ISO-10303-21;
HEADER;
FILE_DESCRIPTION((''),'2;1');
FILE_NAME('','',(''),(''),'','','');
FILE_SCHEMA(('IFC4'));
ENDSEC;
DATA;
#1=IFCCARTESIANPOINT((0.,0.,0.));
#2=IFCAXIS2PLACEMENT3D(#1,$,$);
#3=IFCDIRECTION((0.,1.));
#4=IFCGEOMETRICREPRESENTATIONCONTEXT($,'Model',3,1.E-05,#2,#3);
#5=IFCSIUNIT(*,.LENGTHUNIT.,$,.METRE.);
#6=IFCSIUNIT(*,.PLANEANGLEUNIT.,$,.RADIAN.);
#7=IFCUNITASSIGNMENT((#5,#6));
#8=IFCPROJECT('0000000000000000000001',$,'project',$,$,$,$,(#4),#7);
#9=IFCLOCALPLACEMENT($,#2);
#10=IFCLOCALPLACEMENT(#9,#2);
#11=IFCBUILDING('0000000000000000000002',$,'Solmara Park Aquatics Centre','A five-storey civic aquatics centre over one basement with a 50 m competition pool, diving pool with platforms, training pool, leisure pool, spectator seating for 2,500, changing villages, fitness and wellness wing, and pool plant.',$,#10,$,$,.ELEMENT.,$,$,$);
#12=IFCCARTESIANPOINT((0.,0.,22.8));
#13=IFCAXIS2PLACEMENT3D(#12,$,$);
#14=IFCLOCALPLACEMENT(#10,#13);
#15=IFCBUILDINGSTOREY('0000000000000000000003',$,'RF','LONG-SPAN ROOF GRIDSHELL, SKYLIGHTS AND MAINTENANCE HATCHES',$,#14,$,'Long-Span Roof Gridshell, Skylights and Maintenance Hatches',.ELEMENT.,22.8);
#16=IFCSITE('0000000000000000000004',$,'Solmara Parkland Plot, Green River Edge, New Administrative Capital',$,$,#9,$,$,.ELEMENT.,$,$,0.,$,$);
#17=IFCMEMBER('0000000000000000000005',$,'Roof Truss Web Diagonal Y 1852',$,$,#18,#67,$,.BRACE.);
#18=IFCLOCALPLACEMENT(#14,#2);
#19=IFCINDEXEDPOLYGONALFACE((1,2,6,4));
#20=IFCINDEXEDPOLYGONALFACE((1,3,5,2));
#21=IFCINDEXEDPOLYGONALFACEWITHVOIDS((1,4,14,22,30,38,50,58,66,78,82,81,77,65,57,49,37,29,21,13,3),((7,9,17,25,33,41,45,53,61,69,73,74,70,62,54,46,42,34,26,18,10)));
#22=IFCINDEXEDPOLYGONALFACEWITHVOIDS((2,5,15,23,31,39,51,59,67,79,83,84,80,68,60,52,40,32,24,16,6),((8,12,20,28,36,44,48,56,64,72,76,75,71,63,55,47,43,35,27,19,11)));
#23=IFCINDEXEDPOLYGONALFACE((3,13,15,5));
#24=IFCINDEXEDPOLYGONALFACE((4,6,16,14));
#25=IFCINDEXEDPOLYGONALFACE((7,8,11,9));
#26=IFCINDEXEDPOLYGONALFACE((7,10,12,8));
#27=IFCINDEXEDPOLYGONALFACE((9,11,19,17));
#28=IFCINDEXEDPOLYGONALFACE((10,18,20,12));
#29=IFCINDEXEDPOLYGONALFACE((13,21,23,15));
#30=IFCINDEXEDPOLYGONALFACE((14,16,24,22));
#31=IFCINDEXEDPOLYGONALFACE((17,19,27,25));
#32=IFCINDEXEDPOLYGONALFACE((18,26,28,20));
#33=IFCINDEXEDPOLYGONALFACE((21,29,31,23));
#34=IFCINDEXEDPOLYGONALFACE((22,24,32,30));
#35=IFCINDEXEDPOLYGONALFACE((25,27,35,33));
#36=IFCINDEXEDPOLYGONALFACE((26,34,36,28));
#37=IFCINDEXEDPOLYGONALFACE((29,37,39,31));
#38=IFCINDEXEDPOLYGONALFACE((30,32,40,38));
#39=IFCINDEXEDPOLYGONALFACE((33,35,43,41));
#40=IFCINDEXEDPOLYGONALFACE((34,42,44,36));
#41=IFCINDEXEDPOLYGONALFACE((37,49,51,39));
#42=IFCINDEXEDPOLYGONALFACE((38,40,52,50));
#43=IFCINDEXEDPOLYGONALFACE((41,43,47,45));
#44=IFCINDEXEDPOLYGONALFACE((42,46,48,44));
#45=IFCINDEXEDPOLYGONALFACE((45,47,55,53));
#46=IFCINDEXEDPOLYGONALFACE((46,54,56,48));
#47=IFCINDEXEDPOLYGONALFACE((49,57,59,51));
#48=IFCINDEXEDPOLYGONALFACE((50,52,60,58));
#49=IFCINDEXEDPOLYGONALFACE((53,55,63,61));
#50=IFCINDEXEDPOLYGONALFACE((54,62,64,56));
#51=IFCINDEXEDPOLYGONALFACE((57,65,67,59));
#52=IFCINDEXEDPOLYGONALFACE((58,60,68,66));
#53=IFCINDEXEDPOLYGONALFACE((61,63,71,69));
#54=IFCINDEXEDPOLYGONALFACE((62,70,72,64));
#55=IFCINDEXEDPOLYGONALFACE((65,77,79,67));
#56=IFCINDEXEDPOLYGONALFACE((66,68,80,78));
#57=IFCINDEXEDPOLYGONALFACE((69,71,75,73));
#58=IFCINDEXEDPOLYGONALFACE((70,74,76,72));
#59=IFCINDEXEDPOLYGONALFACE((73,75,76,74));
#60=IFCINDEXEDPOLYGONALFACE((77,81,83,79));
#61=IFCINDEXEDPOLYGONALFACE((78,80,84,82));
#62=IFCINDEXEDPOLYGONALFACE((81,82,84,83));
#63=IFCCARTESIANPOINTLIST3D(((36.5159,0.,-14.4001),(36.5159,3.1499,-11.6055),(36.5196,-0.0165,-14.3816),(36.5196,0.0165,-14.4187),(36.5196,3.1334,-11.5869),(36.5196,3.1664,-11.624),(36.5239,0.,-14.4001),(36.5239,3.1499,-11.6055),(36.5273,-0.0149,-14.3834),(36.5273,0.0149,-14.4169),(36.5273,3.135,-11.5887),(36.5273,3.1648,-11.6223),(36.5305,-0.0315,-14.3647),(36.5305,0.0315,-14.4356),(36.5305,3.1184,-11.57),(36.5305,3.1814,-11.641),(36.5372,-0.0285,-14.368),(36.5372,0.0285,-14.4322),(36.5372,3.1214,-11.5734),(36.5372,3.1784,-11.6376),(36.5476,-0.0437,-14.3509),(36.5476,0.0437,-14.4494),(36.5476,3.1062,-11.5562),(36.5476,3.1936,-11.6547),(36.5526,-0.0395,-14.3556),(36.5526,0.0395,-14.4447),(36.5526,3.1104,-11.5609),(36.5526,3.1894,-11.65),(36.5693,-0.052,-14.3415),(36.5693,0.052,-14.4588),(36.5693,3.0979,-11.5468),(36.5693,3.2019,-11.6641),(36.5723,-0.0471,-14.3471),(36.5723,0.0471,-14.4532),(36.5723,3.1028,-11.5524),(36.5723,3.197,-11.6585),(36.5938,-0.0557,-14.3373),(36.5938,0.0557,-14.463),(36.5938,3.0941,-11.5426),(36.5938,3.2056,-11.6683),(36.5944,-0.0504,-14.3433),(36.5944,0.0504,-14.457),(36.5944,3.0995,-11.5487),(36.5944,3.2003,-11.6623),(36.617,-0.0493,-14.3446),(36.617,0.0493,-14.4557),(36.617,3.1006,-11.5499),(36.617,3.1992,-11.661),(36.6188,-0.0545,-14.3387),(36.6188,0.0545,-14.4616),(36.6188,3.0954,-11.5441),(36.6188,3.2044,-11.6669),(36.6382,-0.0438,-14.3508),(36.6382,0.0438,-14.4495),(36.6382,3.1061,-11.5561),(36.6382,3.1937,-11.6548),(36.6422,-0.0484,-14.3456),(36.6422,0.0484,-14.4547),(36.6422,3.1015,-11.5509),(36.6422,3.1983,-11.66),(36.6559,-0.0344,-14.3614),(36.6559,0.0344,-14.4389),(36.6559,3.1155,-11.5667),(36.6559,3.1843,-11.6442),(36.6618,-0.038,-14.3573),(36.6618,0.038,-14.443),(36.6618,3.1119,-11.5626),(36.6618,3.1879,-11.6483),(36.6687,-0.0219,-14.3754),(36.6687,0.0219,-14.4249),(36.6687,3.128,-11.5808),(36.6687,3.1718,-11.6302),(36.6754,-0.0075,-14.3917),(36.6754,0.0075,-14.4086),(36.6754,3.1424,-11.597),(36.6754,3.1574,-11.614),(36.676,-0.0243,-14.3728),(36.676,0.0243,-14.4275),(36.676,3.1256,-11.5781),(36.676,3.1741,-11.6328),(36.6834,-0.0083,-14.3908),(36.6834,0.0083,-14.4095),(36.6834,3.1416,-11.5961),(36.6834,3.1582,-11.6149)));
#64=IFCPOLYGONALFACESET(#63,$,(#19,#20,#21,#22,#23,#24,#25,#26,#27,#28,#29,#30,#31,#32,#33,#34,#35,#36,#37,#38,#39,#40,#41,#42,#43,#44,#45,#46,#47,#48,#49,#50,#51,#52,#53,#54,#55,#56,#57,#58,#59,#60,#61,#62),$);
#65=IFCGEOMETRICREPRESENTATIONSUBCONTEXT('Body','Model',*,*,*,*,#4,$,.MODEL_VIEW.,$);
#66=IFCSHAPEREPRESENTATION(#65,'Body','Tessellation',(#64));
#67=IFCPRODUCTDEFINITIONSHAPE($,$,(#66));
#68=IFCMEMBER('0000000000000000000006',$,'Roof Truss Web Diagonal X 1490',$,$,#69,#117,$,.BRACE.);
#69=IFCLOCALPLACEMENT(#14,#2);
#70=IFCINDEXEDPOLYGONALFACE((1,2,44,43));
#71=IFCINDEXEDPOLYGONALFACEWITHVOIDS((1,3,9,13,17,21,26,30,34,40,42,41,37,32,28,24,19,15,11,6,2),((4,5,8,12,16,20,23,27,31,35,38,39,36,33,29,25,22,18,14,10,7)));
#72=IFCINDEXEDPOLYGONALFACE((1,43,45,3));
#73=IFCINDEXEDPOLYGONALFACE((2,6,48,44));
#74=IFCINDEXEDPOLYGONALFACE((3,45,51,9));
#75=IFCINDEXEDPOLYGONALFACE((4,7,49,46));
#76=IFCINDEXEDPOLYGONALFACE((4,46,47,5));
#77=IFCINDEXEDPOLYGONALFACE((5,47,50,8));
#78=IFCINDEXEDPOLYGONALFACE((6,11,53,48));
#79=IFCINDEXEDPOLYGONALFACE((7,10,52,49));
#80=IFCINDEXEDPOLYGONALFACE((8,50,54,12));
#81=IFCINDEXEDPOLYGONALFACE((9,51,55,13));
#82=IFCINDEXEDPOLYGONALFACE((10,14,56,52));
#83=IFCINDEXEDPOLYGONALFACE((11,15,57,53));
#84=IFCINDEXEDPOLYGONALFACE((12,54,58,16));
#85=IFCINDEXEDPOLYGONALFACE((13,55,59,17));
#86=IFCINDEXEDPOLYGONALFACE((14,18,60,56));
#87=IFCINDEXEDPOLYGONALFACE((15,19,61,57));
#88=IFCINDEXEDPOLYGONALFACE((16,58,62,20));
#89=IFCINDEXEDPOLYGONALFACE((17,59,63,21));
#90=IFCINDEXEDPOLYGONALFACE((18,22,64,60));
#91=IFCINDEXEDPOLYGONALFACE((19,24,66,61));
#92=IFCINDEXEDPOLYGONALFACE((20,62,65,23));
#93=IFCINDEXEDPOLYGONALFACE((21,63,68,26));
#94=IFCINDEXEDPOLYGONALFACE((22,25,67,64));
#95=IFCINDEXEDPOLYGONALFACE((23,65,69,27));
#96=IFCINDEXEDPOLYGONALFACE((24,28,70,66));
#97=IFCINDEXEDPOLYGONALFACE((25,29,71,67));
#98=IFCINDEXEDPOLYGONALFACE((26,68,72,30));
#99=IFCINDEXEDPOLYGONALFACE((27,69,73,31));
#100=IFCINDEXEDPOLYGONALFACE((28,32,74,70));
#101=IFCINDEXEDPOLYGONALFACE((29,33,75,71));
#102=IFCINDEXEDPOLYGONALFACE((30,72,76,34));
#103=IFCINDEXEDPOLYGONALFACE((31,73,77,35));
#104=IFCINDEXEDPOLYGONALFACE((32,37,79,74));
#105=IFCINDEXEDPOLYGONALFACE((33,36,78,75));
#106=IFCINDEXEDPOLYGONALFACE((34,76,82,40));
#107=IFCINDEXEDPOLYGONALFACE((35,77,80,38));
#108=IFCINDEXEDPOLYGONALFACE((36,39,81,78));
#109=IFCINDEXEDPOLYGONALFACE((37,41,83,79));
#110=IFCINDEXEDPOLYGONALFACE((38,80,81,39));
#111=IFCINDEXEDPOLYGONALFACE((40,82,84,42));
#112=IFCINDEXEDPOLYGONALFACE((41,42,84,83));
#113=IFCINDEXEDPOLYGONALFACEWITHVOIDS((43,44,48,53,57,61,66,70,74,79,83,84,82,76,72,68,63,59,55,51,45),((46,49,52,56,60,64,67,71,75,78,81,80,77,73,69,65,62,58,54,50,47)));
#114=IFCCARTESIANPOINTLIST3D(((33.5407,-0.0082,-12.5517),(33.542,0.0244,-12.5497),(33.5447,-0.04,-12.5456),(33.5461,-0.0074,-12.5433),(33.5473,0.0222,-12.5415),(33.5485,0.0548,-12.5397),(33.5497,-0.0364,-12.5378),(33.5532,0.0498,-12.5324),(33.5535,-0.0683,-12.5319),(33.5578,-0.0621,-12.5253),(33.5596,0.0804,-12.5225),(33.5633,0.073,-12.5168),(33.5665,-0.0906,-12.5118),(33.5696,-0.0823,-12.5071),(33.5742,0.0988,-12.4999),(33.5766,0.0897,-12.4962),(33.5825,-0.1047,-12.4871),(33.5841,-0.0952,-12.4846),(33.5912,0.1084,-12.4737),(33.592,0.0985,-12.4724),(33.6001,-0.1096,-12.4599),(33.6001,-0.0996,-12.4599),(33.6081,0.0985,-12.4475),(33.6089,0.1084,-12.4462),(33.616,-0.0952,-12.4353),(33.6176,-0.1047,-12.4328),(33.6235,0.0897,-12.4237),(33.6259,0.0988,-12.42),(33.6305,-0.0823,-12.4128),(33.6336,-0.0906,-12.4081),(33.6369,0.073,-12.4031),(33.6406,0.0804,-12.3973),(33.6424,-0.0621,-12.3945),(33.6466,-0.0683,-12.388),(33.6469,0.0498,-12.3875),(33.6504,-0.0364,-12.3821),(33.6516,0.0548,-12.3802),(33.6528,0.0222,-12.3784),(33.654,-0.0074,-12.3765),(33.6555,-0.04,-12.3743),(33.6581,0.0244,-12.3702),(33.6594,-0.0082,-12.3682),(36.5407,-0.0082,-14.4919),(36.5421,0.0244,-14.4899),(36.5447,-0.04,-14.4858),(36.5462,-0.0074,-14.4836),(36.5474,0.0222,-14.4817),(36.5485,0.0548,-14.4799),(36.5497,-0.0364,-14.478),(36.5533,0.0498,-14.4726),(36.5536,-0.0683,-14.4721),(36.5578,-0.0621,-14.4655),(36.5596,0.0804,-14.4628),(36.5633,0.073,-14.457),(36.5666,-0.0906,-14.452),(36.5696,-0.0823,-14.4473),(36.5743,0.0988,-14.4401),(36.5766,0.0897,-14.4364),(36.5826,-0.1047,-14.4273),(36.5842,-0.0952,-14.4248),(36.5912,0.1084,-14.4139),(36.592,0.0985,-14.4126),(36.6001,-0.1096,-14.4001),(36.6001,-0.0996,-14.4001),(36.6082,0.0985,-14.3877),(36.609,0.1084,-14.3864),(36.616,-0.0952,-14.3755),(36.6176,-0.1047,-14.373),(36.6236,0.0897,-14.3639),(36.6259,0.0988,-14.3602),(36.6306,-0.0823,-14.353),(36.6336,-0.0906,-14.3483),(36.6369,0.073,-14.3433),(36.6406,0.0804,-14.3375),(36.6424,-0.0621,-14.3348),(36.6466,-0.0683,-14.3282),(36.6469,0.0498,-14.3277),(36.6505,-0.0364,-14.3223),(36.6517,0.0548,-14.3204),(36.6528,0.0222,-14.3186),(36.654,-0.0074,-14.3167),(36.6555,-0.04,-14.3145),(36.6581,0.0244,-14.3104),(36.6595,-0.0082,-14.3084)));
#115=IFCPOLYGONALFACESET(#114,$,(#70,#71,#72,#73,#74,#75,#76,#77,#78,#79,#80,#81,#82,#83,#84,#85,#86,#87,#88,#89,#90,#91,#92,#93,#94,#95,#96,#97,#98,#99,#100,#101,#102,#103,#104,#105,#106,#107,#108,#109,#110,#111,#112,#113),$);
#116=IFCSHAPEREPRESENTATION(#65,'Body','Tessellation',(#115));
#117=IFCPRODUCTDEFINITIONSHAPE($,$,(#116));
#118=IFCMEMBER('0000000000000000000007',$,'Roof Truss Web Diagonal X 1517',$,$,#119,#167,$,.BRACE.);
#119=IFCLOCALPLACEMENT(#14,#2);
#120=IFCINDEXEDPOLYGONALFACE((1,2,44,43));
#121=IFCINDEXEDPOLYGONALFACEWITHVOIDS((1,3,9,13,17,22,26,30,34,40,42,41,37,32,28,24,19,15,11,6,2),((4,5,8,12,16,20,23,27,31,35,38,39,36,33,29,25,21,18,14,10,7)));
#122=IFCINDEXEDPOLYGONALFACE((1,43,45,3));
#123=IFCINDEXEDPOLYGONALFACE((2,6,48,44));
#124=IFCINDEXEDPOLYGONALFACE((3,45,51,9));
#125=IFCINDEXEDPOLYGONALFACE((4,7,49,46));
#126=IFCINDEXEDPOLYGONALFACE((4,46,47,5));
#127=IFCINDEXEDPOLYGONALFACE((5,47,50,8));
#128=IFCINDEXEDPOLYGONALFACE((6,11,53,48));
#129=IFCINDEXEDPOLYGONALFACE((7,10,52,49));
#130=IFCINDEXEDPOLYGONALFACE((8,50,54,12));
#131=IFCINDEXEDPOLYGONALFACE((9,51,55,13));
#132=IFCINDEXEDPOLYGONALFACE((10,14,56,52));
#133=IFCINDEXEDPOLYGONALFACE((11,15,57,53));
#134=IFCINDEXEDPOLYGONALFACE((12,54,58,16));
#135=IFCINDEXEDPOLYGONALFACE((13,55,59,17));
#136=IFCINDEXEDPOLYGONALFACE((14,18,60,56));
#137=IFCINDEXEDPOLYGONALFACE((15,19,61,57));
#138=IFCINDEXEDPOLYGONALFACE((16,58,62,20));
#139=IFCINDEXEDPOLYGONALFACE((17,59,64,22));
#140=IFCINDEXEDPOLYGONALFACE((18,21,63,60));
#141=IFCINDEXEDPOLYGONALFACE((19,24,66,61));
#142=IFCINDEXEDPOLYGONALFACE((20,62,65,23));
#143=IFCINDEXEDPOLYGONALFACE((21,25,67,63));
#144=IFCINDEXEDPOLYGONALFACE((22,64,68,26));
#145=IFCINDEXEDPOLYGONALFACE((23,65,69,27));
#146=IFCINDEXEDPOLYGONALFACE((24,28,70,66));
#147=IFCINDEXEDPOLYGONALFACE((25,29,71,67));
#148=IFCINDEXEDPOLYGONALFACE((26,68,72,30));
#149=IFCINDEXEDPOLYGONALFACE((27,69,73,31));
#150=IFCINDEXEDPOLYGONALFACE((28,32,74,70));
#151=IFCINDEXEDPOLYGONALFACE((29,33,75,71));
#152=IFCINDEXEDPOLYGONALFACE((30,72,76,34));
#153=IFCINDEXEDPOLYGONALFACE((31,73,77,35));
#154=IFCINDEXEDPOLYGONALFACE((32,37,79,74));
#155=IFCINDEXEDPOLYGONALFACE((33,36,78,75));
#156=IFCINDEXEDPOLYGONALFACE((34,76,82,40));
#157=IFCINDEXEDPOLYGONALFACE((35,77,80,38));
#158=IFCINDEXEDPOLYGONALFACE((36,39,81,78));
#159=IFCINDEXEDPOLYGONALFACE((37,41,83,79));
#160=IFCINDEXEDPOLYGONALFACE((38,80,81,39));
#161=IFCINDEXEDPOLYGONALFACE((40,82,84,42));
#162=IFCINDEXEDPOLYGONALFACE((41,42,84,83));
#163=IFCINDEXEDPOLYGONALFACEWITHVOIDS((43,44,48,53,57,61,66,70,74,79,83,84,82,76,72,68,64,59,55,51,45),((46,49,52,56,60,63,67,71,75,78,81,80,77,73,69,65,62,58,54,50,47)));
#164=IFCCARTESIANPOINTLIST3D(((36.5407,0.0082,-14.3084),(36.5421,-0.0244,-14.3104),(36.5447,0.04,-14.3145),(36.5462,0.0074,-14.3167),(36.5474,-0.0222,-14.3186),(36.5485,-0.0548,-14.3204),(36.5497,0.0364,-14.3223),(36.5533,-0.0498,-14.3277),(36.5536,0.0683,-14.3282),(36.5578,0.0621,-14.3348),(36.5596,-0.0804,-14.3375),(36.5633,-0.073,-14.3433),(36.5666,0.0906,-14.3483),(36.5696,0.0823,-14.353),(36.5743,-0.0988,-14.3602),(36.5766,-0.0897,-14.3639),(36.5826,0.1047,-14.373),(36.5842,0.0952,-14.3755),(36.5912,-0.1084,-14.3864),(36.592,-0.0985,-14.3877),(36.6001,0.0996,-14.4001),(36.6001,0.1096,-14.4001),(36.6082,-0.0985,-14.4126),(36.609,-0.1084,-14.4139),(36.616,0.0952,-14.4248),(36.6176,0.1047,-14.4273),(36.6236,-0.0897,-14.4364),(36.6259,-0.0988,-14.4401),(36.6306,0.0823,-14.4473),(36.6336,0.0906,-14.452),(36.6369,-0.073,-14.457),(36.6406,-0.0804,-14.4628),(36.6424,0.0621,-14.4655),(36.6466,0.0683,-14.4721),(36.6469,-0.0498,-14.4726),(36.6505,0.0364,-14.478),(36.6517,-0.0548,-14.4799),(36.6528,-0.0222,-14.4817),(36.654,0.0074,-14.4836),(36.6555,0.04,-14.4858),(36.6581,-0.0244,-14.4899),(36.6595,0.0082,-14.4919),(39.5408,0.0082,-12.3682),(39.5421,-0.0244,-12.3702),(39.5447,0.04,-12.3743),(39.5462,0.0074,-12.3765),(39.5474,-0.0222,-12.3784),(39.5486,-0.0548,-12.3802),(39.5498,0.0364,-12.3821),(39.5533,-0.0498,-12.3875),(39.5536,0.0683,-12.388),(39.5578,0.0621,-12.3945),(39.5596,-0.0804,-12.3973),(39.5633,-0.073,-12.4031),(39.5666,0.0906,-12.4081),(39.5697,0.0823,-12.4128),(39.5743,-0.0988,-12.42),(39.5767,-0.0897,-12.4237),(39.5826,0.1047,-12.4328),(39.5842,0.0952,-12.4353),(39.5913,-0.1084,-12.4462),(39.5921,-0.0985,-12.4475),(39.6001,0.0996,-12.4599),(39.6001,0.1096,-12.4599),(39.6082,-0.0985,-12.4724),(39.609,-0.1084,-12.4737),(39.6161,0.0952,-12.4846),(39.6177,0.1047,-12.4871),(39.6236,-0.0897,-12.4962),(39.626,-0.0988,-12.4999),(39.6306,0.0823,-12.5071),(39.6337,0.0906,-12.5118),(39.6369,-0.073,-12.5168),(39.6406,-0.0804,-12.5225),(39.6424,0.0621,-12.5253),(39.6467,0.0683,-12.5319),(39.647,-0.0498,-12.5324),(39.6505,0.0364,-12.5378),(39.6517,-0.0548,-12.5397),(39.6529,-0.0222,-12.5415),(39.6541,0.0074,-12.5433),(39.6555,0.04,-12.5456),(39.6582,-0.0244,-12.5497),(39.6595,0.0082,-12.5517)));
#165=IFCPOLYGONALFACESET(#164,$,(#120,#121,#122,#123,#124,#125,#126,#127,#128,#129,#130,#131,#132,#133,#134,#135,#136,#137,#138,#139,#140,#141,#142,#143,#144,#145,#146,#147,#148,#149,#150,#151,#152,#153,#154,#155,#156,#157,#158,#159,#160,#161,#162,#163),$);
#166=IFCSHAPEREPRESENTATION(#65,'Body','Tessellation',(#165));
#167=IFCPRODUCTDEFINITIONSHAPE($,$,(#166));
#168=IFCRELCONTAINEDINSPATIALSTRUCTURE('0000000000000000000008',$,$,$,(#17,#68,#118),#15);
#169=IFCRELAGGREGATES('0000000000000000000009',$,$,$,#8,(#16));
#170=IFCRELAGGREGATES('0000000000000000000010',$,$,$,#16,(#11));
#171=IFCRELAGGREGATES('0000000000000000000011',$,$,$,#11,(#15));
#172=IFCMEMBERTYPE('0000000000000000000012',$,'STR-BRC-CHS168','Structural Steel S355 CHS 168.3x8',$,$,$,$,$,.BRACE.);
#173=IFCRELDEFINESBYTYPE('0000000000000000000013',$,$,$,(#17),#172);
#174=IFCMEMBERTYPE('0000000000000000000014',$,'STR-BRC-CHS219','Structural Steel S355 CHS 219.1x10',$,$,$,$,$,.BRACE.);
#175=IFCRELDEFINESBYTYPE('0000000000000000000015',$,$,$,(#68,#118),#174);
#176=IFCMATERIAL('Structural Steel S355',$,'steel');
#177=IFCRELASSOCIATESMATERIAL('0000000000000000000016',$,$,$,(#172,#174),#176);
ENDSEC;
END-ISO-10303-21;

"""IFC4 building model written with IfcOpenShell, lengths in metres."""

from ifc_helpers import new_model, si_unit, direction, frame, origin, origin_2d, place, context, subcontext, project, spatial, hollow_circle, extrude, material, material_profile, profile_set, type_object, element, save


model = new_model("IFC4")

# Units and contexts
model_context = context("Model", 3, precision=1e-05, world=origin(), true_north=direction((0.0, 1.0)))
body_context = subcontext(model_context, "Body", "Model", "MODEL_VIEW")
ifc_project = project(units=[si_unit("LENGTHUNIT", "METRE"), si_unit("PLANEANGLEUNIT", "RADIAN")], contexts=[model_context])

# Site, building, storey
site_placement = place(None, origin())
site = spatial("IfcSite", under=ifc_project, at=site_placement, Name="Solmara Parkland Plot, Green River Edge, New Administrative Capital", CompositionType="ELEMENT", RefElevation=0.0)
building_placement = place(site_placement, origin())
building = spatial("IfcBuilding", under=site, at=building_placement, Name="Solmara Park Aquatics Centre", Description="A five-storey civic aquatics centre over one basement with a 50 m competition pool, diving pool with platforms, training pool, leisure pool, spectator seating for 2,500, changing villages, fitness and wellness wing, and pool plant.", CompositionType="ELEMENT")
storey_placement = place(building_placement, frame((0.0, 0.0, 22.8)))
storey = spatial("IfcBuildingStorey", under=building, at=storey_placement, Name="RF", Description="LONG-SPAN ROOF GRIDSHELL, SKYLIGHTS AND MAINTENANCE HATCHES", LongName="Long-Span Roof Gridshell, Skylights and Maintenance Hatches", CompositionType="ELEMENT", Elevation=22.8)

# Members
ifc_material_1 = material(Name="Structural Steel S355", Category="steel")
ifc_material_profile_1 = material_profile(ifc_material_1, hollow_circle(Radius=0.0842, WallThickness=0.0081, at=origin_2d()), Name="CHS 168.3x8")
ifc_profile_set_1 = profile_set([ifc_material_profile_1], Name="Structural Steel S355")
member_type_1 = type_object("IfcMemberType", Name="STR-BRC-CHS168", Description="Structural Steel S355 CHS 168.3x8", PredefinedType="BRACE", material=ifc_profile_set_1)
member_1_placement = place(storey_placement, frame((36.6001, 0.0, -14.4001), z_axis=(0.0, 0.748026, 0.663669), x_axis=(-1.0, 0.0, 0.0)))
element("IfcMember", 1, at=member_1_placement, inside=storey, type_object=member_type_1, Name="Roof Truss Web Diagonal Y 1852", PredefinedType="BRACE", context=body_context, shape_type="SweptSolid", body=[
    extrude(hollow_circle(Radius=0.0842, WallThickness=0.0081, at=origin_2d()), origin(), (0.0, 0.0, 1.0), 4.2109),
])
ifc_material_profile_2 = material_profile(ifc_material_1, hollow_circle(Radius=0.1096, WallThickness=0.01, at=origin_2d()), Name="CHS 219.1x10")
ifc_profile_set_2 = profile_set([ifc_material_profile_2], Name="Structural Steel S355")
member_type_2 = type_object("IfcMemberType", Name="STR-BRC-CHS219", Description="Structural Steel S355 CHS 219.1x10", PredefinedType="BRACE", material=ifc_profile_set_2)
for number, where, z_axis, x_axis, name in (
    (2, (36.6001, 0.0, -14.4001), (-0.839697, 0.0, 0.543056), (0.0, -1.0, 0.0), "Roof Truss Web Diagonal X 1490"),
    (3, (36.6001, 0.0, -14.4001), (0.839697, 0.0, 0.543056), (0.0, 1.0, 0.0), "Roof Truss Web Diagonal X 1517"),
):
    element("IfcMember", number, at=place(storey_placement, frame(where, z_axis=z_axis, x_axis=x_axis)), inside=storey, type_object=member_type_2, Name=name, PredefinedType="BRACE", context=body_context, shape_type="SweptSolid", body=[
        extrude(hollow_circle(Radius=0.1096, WallThickness=0.01, at=origin_2d()), origin(), (0.0, 0.0, 1.0), 3.5728),
    ])

save(model, "model.ifc")
